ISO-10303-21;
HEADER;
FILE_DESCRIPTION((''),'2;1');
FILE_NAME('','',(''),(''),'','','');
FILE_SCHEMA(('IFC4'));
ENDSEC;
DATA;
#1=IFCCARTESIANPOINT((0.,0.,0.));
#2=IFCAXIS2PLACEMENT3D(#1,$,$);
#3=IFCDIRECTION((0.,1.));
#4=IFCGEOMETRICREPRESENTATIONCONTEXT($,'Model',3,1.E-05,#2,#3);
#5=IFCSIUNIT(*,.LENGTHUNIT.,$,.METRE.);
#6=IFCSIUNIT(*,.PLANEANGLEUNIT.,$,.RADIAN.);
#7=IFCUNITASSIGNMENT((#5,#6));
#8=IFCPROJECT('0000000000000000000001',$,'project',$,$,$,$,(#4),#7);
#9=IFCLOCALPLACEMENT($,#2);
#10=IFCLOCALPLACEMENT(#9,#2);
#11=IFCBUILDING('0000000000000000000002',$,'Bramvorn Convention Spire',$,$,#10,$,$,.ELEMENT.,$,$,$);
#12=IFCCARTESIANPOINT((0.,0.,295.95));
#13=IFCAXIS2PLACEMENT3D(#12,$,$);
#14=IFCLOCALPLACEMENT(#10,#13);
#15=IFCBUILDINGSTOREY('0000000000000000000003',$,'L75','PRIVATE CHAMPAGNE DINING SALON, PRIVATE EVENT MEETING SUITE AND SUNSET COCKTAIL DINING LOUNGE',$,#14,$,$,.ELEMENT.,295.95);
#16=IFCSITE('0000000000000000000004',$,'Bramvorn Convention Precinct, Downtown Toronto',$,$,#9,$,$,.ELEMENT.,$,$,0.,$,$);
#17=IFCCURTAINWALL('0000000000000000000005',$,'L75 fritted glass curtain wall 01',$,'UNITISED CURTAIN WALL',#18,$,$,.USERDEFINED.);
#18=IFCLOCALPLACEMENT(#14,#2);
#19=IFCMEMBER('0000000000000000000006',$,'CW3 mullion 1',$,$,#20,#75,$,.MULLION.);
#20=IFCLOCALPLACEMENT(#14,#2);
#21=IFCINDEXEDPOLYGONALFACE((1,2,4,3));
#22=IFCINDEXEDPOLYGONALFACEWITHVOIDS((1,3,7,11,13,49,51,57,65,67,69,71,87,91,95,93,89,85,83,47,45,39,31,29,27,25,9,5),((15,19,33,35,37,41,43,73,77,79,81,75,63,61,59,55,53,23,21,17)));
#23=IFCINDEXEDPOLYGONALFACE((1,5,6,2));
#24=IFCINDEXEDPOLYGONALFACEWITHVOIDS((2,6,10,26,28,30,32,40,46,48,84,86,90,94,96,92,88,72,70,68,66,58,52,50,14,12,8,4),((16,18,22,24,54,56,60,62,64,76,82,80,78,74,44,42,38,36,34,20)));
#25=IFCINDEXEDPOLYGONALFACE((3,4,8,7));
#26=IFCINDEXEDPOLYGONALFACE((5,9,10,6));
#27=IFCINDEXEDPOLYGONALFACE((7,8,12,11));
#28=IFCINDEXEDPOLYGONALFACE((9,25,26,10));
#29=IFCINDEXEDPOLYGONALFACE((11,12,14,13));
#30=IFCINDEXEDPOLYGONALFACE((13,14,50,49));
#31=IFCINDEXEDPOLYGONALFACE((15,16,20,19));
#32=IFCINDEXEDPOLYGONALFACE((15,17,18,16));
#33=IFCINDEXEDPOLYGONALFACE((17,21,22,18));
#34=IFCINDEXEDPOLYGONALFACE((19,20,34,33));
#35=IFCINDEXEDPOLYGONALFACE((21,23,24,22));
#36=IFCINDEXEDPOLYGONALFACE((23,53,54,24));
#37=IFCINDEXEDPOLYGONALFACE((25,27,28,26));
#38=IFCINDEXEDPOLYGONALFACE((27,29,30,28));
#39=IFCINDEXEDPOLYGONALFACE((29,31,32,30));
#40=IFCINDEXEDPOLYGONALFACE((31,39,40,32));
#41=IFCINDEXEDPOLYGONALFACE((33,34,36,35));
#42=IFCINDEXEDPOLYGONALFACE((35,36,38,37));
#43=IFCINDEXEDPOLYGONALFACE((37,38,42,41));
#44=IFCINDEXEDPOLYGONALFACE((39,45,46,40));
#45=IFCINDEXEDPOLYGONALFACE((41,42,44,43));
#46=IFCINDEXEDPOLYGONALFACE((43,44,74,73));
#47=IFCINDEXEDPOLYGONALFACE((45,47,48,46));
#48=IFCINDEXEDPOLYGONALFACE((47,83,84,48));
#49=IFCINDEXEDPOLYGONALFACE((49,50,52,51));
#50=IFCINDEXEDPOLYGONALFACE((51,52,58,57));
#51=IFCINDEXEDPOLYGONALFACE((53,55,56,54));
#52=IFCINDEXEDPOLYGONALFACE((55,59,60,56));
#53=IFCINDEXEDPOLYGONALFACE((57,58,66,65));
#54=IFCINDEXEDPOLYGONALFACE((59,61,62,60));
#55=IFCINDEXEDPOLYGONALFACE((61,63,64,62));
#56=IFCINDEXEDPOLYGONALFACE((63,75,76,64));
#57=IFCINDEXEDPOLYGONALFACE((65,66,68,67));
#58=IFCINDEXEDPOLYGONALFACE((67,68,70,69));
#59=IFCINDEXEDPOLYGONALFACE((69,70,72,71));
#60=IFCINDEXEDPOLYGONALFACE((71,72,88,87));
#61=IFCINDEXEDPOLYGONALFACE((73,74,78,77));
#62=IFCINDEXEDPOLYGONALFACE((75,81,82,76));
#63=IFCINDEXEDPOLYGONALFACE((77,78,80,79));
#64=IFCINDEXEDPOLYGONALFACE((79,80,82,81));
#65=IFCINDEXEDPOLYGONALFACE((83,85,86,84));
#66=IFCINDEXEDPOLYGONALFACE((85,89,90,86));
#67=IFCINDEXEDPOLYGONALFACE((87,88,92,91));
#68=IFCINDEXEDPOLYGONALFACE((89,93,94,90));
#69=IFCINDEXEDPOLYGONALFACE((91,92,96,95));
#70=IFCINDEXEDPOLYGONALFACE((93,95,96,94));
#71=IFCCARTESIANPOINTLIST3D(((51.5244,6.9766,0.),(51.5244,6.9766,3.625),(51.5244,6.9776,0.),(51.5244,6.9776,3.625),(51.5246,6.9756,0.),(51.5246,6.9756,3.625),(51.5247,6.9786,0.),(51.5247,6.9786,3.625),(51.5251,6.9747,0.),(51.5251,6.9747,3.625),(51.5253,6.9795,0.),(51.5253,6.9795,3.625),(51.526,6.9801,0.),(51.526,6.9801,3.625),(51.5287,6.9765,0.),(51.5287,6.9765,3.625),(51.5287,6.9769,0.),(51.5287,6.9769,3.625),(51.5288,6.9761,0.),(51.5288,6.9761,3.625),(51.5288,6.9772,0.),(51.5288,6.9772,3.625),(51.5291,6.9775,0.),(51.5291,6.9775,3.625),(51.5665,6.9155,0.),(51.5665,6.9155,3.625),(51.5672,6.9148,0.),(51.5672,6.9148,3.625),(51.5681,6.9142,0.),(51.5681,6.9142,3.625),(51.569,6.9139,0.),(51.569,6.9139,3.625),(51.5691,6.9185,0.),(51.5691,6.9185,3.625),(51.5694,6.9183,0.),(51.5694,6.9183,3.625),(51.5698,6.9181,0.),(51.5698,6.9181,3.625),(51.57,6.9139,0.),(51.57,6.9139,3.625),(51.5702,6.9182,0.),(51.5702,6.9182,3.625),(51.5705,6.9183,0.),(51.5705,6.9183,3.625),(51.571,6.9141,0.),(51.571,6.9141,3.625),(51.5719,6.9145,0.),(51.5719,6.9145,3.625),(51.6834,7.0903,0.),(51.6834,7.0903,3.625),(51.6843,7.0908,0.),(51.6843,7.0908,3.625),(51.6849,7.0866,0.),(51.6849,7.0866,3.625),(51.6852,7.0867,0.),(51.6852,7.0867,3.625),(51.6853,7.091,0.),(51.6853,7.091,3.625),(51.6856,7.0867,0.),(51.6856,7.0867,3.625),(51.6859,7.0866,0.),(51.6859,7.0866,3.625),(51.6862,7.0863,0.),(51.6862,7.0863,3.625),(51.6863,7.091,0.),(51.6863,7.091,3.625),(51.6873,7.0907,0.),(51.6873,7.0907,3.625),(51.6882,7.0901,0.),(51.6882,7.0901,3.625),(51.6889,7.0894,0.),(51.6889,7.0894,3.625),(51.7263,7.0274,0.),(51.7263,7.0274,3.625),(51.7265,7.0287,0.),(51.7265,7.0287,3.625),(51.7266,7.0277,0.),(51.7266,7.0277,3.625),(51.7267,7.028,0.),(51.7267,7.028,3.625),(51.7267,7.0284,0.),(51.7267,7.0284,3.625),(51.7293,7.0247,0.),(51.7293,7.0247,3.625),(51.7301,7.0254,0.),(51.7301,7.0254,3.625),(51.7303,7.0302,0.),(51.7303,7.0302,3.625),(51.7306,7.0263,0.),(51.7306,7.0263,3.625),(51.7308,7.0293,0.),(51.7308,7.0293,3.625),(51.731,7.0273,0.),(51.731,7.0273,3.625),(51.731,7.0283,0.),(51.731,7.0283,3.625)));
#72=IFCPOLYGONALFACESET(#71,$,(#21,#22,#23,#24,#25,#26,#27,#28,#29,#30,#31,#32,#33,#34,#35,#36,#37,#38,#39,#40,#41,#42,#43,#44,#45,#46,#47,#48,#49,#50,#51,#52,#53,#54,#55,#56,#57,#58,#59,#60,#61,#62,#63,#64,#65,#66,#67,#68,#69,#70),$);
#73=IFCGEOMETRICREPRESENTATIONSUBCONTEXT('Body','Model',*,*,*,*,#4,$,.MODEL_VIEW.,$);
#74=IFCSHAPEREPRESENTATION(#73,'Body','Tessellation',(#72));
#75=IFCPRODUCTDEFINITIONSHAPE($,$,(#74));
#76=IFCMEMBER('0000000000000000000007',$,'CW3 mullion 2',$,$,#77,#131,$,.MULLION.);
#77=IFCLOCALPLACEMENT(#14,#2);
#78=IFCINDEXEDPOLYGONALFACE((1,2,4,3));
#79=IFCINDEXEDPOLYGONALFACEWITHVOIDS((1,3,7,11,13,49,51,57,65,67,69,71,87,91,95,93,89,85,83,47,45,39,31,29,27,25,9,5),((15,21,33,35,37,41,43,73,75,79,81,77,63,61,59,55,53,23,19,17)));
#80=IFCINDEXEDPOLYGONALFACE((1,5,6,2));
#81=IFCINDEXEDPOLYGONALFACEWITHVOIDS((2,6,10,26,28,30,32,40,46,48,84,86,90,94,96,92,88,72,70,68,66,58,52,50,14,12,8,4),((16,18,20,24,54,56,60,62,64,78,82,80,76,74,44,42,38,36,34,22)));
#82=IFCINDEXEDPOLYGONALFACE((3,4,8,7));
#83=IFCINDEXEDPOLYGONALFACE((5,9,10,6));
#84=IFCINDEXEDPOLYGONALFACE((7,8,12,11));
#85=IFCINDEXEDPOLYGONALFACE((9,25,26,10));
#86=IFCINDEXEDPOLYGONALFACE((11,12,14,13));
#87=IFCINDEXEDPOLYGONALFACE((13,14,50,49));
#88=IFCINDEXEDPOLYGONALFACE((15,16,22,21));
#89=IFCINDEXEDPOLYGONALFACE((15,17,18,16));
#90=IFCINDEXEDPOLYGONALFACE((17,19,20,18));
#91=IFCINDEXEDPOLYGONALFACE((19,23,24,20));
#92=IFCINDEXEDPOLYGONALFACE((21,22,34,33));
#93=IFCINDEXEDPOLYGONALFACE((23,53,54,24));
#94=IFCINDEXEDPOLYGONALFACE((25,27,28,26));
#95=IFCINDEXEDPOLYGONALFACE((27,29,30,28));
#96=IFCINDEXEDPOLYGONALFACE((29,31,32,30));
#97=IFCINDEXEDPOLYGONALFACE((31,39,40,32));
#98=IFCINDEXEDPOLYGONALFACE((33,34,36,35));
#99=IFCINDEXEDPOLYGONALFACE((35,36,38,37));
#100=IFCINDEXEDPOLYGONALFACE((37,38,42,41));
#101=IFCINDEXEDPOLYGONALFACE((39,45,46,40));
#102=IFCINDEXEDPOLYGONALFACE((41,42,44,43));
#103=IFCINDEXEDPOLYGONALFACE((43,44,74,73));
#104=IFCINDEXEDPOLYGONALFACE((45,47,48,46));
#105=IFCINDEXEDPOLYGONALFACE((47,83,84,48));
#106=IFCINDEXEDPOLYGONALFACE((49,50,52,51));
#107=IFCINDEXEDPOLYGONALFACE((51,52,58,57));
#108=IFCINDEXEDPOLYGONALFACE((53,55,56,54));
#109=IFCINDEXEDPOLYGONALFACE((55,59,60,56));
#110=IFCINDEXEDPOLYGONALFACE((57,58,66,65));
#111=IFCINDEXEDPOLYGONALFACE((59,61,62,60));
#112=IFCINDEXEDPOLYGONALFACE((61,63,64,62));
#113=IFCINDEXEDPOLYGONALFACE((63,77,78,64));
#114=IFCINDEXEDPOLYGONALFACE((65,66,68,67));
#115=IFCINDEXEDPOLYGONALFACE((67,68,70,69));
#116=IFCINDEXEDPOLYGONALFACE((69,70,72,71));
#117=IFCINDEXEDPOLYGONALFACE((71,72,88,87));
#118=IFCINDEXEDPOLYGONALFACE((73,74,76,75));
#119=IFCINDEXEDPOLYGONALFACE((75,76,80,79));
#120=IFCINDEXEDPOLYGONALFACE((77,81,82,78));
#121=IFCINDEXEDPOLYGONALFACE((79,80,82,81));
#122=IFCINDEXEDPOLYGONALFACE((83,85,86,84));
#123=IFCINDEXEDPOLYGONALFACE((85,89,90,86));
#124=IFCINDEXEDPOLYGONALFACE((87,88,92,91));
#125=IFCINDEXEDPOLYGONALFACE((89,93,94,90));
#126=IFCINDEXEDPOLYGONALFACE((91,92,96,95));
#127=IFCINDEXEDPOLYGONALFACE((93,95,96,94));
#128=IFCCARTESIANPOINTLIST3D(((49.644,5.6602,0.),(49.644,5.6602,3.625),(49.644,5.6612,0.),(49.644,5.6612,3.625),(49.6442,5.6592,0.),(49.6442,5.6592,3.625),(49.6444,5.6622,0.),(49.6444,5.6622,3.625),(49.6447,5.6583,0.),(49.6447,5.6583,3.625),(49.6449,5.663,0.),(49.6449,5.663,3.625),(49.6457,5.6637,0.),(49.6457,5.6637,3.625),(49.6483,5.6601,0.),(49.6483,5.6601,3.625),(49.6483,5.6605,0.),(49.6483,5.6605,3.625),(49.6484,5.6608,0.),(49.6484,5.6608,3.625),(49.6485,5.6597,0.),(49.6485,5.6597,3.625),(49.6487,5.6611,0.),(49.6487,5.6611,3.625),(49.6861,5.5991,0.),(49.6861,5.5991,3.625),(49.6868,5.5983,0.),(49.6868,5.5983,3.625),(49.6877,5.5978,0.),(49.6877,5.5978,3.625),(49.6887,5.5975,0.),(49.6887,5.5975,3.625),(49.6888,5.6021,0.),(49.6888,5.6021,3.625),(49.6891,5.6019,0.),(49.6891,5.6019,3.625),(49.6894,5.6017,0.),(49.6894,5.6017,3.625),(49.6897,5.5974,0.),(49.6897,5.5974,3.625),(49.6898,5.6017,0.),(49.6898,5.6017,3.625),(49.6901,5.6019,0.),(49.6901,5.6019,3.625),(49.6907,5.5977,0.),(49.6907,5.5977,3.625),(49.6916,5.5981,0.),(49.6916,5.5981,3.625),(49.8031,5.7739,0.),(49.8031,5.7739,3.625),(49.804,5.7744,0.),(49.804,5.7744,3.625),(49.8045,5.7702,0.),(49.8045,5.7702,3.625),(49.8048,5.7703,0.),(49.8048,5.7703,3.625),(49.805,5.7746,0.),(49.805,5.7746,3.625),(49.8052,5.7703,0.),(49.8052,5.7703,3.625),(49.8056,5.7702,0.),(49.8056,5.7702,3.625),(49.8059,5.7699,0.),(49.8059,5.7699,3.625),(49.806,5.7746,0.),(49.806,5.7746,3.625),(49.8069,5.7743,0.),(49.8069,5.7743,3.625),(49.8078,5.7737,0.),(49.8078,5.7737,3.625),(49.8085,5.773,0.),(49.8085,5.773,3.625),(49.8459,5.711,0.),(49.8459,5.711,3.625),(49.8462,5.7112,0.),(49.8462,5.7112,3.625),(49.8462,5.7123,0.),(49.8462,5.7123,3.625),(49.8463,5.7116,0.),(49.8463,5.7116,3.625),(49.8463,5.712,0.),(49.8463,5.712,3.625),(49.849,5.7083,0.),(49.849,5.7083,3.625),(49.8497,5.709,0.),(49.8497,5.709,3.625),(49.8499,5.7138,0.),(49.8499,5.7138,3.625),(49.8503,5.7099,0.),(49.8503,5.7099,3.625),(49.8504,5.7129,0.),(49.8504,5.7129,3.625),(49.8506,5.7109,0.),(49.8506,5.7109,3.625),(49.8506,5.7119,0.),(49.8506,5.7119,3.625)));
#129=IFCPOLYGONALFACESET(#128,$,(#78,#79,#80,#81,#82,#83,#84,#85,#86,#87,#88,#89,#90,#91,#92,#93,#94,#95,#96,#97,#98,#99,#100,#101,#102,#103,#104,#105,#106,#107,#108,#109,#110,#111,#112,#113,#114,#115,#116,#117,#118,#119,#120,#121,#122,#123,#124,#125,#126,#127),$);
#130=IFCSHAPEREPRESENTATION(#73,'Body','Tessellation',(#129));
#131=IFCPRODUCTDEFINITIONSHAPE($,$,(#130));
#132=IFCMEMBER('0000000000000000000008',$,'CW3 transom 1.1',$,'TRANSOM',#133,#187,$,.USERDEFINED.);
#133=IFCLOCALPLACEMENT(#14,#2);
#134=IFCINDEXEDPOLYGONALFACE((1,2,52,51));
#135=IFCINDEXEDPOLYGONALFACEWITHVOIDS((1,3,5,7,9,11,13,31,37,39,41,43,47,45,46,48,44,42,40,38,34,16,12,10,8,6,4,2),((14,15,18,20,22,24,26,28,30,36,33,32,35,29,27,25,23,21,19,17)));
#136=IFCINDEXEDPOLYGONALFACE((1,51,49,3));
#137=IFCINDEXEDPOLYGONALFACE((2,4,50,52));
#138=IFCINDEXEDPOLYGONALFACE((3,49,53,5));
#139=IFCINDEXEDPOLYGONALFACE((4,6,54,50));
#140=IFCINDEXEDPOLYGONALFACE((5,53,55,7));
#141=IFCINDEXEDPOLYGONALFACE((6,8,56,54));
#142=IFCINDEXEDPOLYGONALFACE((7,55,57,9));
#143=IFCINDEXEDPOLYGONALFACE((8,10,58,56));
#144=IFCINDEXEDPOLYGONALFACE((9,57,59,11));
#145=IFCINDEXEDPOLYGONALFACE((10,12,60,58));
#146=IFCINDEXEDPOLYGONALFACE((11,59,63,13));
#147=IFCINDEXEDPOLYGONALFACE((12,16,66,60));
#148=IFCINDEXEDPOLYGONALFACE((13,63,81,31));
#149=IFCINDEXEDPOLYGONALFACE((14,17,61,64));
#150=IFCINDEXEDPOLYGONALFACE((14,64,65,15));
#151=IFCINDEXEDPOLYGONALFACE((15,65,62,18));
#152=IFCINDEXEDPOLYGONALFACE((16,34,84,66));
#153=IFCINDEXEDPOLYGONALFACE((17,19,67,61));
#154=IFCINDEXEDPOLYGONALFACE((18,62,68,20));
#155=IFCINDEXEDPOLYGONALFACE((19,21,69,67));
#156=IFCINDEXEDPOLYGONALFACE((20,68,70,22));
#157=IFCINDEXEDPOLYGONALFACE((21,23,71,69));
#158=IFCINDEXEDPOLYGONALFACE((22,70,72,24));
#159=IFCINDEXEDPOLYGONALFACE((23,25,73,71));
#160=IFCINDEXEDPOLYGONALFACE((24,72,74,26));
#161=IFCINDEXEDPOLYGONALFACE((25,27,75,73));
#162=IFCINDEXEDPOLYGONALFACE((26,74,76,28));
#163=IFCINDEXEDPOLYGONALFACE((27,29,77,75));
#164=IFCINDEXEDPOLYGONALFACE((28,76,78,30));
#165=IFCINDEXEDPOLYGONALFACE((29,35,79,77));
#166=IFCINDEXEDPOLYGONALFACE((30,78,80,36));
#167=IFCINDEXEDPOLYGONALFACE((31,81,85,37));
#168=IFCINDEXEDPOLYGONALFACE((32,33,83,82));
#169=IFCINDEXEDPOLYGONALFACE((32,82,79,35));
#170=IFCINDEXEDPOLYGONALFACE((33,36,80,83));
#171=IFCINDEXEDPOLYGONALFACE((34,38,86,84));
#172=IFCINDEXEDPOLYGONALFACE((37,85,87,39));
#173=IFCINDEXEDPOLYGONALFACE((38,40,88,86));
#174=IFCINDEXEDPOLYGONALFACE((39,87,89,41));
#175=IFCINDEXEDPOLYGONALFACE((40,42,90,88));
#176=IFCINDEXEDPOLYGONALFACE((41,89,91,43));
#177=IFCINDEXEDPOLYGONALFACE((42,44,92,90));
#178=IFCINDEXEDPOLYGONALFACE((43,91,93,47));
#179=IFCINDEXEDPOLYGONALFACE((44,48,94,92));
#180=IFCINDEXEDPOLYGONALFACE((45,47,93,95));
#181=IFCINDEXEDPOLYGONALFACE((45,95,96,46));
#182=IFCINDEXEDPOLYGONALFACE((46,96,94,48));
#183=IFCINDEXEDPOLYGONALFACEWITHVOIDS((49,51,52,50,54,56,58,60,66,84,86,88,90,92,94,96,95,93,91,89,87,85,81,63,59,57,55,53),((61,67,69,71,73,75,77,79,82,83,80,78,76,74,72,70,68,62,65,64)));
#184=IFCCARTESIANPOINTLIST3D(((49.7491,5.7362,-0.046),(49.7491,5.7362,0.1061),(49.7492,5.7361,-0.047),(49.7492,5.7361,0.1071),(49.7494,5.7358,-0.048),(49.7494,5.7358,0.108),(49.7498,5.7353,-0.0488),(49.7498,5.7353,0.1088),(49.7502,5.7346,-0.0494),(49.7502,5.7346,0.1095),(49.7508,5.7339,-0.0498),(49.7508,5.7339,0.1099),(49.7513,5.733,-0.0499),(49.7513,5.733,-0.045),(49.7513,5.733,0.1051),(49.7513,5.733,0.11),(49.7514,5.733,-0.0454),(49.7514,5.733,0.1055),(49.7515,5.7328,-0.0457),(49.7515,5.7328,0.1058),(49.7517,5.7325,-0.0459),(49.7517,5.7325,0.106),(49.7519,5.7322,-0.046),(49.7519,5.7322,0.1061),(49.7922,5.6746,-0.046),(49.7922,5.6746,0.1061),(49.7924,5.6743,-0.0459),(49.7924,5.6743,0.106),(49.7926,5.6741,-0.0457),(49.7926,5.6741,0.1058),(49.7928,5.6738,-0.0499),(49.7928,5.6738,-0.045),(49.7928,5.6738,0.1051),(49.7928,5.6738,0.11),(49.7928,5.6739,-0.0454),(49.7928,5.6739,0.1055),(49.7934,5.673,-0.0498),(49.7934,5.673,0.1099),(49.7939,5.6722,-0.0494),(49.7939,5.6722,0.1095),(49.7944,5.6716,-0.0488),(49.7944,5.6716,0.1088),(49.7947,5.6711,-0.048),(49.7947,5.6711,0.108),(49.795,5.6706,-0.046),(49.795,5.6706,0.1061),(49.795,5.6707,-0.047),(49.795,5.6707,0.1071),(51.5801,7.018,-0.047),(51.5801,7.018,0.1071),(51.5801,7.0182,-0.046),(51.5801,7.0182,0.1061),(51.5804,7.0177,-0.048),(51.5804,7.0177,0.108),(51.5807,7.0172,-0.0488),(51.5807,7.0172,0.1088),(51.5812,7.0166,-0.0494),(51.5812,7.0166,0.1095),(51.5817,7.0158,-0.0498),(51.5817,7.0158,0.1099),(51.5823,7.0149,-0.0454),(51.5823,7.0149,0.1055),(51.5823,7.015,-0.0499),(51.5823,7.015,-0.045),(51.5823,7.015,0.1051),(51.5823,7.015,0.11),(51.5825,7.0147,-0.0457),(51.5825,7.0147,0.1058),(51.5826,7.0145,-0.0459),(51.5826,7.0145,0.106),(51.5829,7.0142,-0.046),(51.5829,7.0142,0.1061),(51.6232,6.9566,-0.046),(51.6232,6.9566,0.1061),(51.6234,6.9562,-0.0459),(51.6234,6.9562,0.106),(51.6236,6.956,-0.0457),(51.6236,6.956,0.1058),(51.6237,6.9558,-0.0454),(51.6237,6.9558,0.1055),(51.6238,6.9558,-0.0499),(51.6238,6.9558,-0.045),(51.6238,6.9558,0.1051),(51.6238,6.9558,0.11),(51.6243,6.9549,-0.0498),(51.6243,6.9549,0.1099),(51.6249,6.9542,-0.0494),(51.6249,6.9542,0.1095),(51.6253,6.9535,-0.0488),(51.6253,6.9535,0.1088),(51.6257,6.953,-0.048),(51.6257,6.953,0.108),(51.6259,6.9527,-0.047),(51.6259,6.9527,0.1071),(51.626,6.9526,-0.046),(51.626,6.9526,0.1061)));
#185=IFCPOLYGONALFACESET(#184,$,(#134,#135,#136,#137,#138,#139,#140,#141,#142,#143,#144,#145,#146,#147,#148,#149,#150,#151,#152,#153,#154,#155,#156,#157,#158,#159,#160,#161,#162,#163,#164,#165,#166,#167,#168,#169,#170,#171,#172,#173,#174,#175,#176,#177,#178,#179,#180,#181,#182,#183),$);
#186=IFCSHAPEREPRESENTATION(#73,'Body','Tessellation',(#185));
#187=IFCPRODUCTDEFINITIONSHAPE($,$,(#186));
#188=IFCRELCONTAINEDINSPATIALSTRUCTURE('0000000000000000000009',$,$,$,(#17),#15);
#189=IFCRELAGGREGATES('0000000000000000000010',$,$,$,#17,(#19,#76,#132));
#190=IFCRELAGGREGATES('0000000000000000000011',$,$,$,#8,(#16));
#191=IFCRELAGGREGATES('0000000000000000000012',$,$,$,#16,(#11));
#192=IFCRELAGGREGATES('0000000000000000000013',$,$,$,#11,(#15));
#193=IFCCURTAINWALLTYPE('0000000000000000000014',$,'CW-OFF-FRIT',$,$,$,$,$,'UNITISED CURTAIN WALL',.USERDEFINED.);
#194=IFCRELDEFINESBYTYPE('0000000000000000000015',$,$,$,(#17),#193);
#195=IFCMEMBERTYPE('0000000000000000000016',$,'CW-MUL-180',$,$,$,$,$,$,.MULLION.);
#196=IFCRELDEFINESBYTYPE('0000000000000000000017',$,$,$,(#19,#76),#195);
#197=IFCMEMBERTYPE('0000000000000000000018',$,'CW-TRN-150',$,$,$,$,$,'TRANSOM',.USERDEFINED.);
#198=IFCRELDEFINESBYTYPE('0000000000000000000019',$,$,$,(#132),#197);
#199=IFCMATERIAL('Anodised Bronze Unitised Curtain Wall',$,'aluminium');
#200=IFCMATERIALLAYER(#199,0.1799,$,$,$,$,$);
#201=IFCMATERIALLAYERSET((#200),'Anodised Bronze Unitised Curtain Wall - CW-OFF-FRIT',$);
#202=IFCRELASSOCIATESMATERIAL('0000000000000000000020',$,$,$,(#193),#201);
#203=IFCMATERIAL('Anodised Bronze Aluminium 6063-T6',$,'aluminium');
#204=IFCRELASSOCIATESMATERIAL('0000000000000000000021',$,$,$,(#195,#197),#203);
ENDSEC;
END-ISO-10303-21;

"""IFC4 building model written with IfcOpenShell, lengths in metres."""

from ifc_helpers import new_model, si_unit, direction, frame, origin, origin_2d, place, context, subcontext, project, spatial, hollow_rectangle, extrude, material, layer, layer_set, material_profile, profile_set, type_object, element, aggregate, save


model = new_model("IFC4")

# Units and contexts
model_context = context("Model", 3, precision=1e-05, world=origin(), true_north=direction((0.0, 1.0)))
body_context = subcontext(model_context, "Body", "Model", "MODEL_VIEW")
ifc_project = project(units=[si_unit("LENGTHUNIT", "METRE"), si_unit("PLANEANGLEUNIT", "RADIAN")], contexts=[model_context])

# Site, building, storey
site_placement = place(None, origin())
site = spatial("IfcSite", under=ifc_project, at=site_placement, Name="Bramvorn Convention Precinct, Downtown Toronto", CompositionType="ELEMENT", RefElevation=0.0)
building_placement = place(site_placement, origin())
building = spatial("IfcBuilding", under=site, at=building_placement, Name="Bramvorn Convention Spire", CompositionType="ELEMENT")
storey_placement = place(building_placement, frame((0.0, 0.0, 295.95)))
storey = spatial("IfcBuildingStorey", under=building, at=storey_placement, Name="L75", Description="PRIVATE CHAMPAGNE DINING SALON, PRIVATE EVENT MEETING SUITE AND SUNSET COCKTAIL DINING LOUNGE", CompositionType="ELEMENT", Elevation=295.95)

# Curtain wall, members
ifc_material_1 = material(Name="Anodised Bronze Unitised Curtain Wall", Category="aluminium")
ifc_layer_1 = layer(ifc_material_1, 0.1799)
ifc_layer_set_1 = layer_set([ifc_layer_1], Name="Anodised Bronze Unitised Curtain Wall - CW-OFF-FRIT")
curtain_wall_type = type_object("IfcCurtainWallType", Name="CW-OFF-FRIT", ElementType="UNITISED CURTAIN WALL", PredefinedType="USERDEFINED", material=ifc_layer_set_1)
curtain_wall_placement = place(storey_placement, origin())
curtain_wall = element("IfcCurtainWall", 1, at=curtain_wall_placement, inside=storey, type_object=curtain_wall_type, Name="L75 fritted glass curtain wall 01", ObjectType="UNITISED CURTAIN WALL", PredefinedType="USERDEFINED")
ifc_material_2 = material(Name="Anodised Bronze Aluminium 6063-T6", Category="aluminium")
ifc_material_profile_1 = material_profile(ifc_material_2, hollow_rectangle(XDim=0.0801, YDim=0.2, WallThickness=0.0039, InnerFilletRadius=0.001, OuterFilletRadius=0.0039, at=origin_2d()))
ifc_profile_set_1 = profile_set([ifc_material_profile_1], Name="Anodised Bronze Aluminium 6063-T6 - CWM80X200")
member_type_1 = type_object("IfcMemberType", Name="CW-MUL-180", PredefinedType="MULLION", material=ifc_profile_set_1)
member_1_placement = place(storey_placement, frame((51.6277, 7.0024, 0.0), z_axis=(0.0, 0.0, 1.0), x_axis=(0.573511, -0.819198, 0.0)))
member_1 = element("IfcMember", 2, at=member_1_placement, type_object=member_type_1, Name="CW3 mullion 1", PredefinedType="MULLION", context=body_context, shape_type="SweptSolid", body=[
    extrude(hollow_rectangle(XDim=0.0801, YDim=0.2, WallThickness=0.0039, InnerFilletRadius=0.001, OuterFilletRadius=0.0039, at=origin_2d()), origin(), (0.0, 0.0, 1.0), 3.625),
])
member_2_placement = place(storey_placement, frame((49.7473, 5.686, 0.0), z_axis=(0.0, 0.0, 1.0), x_axis=(0.573511, -0.819198, 0.0)))
member_2 = element("IfcMember", 3, at=member_2_placement, type_object=member_type_1, Name="CW3 mullion 2", PredefinedType="MULLION", context=body_context, shape_type="SweptSolid", body=[
    extrude(hollow_rectangle(XDim=0.0801, YDim=0.2, WallThickness=0.0039, InnerFilletRadius=0.001, OuterFilletRadius=0.0039, at=origin_2d()), origin(), (0.0, 0.0, 1.0), 3.625),
])
ifc_material_profile_2 = material_profile(ifc_material_2, hollow_rectangle(XDim=0.0801, YDim=0.1599, WallThickness=0.0039, InnerFilletRadius=0.001, OuterFilletRadius=0.0039, at=origin_2d()))
ifc_profile_set_2 = profile_set([ifc_material_profile_2], Name="Anodised Bronze Aluminium 6063-T6 - CWT80X160")
member_type_2 = type_object("IfcMemberType", Name="CW-TRN-150", ElementType="TRANSOM", PredefinedType="USERDEFINED", material=ifc_profile_set_2)
member_3_placement = place(storey_placement, frame((51.603, 6.9854, 0.03), z_axis=(-0.819181, -0.573536, 0.0), x_axis=(0.573536, -0.819181, 0.0)))
member_3 = element("IfcMember", 4, at=member_3_placement, type_object=member_type_2, Name="CW3 transom 1.1", ObjectType="TRANSOM", PredefinedType="USERDEFINED", context=body_context, shape_type="SweptSolid", body=[
    extrude(hollow_rectangle(XDim=0.0801, YDim=0.1599, WallThickness=0.0039, InnerFilletRadius=0.001, OuterFilletRadius=0.0039, at=origin_2d()), origin(), (0.0, 0.0, 1.0), 2.2351),
])
aggregate(curtain_wall, [member_1, member_2, member_3])

save(model, "model.ifc")
